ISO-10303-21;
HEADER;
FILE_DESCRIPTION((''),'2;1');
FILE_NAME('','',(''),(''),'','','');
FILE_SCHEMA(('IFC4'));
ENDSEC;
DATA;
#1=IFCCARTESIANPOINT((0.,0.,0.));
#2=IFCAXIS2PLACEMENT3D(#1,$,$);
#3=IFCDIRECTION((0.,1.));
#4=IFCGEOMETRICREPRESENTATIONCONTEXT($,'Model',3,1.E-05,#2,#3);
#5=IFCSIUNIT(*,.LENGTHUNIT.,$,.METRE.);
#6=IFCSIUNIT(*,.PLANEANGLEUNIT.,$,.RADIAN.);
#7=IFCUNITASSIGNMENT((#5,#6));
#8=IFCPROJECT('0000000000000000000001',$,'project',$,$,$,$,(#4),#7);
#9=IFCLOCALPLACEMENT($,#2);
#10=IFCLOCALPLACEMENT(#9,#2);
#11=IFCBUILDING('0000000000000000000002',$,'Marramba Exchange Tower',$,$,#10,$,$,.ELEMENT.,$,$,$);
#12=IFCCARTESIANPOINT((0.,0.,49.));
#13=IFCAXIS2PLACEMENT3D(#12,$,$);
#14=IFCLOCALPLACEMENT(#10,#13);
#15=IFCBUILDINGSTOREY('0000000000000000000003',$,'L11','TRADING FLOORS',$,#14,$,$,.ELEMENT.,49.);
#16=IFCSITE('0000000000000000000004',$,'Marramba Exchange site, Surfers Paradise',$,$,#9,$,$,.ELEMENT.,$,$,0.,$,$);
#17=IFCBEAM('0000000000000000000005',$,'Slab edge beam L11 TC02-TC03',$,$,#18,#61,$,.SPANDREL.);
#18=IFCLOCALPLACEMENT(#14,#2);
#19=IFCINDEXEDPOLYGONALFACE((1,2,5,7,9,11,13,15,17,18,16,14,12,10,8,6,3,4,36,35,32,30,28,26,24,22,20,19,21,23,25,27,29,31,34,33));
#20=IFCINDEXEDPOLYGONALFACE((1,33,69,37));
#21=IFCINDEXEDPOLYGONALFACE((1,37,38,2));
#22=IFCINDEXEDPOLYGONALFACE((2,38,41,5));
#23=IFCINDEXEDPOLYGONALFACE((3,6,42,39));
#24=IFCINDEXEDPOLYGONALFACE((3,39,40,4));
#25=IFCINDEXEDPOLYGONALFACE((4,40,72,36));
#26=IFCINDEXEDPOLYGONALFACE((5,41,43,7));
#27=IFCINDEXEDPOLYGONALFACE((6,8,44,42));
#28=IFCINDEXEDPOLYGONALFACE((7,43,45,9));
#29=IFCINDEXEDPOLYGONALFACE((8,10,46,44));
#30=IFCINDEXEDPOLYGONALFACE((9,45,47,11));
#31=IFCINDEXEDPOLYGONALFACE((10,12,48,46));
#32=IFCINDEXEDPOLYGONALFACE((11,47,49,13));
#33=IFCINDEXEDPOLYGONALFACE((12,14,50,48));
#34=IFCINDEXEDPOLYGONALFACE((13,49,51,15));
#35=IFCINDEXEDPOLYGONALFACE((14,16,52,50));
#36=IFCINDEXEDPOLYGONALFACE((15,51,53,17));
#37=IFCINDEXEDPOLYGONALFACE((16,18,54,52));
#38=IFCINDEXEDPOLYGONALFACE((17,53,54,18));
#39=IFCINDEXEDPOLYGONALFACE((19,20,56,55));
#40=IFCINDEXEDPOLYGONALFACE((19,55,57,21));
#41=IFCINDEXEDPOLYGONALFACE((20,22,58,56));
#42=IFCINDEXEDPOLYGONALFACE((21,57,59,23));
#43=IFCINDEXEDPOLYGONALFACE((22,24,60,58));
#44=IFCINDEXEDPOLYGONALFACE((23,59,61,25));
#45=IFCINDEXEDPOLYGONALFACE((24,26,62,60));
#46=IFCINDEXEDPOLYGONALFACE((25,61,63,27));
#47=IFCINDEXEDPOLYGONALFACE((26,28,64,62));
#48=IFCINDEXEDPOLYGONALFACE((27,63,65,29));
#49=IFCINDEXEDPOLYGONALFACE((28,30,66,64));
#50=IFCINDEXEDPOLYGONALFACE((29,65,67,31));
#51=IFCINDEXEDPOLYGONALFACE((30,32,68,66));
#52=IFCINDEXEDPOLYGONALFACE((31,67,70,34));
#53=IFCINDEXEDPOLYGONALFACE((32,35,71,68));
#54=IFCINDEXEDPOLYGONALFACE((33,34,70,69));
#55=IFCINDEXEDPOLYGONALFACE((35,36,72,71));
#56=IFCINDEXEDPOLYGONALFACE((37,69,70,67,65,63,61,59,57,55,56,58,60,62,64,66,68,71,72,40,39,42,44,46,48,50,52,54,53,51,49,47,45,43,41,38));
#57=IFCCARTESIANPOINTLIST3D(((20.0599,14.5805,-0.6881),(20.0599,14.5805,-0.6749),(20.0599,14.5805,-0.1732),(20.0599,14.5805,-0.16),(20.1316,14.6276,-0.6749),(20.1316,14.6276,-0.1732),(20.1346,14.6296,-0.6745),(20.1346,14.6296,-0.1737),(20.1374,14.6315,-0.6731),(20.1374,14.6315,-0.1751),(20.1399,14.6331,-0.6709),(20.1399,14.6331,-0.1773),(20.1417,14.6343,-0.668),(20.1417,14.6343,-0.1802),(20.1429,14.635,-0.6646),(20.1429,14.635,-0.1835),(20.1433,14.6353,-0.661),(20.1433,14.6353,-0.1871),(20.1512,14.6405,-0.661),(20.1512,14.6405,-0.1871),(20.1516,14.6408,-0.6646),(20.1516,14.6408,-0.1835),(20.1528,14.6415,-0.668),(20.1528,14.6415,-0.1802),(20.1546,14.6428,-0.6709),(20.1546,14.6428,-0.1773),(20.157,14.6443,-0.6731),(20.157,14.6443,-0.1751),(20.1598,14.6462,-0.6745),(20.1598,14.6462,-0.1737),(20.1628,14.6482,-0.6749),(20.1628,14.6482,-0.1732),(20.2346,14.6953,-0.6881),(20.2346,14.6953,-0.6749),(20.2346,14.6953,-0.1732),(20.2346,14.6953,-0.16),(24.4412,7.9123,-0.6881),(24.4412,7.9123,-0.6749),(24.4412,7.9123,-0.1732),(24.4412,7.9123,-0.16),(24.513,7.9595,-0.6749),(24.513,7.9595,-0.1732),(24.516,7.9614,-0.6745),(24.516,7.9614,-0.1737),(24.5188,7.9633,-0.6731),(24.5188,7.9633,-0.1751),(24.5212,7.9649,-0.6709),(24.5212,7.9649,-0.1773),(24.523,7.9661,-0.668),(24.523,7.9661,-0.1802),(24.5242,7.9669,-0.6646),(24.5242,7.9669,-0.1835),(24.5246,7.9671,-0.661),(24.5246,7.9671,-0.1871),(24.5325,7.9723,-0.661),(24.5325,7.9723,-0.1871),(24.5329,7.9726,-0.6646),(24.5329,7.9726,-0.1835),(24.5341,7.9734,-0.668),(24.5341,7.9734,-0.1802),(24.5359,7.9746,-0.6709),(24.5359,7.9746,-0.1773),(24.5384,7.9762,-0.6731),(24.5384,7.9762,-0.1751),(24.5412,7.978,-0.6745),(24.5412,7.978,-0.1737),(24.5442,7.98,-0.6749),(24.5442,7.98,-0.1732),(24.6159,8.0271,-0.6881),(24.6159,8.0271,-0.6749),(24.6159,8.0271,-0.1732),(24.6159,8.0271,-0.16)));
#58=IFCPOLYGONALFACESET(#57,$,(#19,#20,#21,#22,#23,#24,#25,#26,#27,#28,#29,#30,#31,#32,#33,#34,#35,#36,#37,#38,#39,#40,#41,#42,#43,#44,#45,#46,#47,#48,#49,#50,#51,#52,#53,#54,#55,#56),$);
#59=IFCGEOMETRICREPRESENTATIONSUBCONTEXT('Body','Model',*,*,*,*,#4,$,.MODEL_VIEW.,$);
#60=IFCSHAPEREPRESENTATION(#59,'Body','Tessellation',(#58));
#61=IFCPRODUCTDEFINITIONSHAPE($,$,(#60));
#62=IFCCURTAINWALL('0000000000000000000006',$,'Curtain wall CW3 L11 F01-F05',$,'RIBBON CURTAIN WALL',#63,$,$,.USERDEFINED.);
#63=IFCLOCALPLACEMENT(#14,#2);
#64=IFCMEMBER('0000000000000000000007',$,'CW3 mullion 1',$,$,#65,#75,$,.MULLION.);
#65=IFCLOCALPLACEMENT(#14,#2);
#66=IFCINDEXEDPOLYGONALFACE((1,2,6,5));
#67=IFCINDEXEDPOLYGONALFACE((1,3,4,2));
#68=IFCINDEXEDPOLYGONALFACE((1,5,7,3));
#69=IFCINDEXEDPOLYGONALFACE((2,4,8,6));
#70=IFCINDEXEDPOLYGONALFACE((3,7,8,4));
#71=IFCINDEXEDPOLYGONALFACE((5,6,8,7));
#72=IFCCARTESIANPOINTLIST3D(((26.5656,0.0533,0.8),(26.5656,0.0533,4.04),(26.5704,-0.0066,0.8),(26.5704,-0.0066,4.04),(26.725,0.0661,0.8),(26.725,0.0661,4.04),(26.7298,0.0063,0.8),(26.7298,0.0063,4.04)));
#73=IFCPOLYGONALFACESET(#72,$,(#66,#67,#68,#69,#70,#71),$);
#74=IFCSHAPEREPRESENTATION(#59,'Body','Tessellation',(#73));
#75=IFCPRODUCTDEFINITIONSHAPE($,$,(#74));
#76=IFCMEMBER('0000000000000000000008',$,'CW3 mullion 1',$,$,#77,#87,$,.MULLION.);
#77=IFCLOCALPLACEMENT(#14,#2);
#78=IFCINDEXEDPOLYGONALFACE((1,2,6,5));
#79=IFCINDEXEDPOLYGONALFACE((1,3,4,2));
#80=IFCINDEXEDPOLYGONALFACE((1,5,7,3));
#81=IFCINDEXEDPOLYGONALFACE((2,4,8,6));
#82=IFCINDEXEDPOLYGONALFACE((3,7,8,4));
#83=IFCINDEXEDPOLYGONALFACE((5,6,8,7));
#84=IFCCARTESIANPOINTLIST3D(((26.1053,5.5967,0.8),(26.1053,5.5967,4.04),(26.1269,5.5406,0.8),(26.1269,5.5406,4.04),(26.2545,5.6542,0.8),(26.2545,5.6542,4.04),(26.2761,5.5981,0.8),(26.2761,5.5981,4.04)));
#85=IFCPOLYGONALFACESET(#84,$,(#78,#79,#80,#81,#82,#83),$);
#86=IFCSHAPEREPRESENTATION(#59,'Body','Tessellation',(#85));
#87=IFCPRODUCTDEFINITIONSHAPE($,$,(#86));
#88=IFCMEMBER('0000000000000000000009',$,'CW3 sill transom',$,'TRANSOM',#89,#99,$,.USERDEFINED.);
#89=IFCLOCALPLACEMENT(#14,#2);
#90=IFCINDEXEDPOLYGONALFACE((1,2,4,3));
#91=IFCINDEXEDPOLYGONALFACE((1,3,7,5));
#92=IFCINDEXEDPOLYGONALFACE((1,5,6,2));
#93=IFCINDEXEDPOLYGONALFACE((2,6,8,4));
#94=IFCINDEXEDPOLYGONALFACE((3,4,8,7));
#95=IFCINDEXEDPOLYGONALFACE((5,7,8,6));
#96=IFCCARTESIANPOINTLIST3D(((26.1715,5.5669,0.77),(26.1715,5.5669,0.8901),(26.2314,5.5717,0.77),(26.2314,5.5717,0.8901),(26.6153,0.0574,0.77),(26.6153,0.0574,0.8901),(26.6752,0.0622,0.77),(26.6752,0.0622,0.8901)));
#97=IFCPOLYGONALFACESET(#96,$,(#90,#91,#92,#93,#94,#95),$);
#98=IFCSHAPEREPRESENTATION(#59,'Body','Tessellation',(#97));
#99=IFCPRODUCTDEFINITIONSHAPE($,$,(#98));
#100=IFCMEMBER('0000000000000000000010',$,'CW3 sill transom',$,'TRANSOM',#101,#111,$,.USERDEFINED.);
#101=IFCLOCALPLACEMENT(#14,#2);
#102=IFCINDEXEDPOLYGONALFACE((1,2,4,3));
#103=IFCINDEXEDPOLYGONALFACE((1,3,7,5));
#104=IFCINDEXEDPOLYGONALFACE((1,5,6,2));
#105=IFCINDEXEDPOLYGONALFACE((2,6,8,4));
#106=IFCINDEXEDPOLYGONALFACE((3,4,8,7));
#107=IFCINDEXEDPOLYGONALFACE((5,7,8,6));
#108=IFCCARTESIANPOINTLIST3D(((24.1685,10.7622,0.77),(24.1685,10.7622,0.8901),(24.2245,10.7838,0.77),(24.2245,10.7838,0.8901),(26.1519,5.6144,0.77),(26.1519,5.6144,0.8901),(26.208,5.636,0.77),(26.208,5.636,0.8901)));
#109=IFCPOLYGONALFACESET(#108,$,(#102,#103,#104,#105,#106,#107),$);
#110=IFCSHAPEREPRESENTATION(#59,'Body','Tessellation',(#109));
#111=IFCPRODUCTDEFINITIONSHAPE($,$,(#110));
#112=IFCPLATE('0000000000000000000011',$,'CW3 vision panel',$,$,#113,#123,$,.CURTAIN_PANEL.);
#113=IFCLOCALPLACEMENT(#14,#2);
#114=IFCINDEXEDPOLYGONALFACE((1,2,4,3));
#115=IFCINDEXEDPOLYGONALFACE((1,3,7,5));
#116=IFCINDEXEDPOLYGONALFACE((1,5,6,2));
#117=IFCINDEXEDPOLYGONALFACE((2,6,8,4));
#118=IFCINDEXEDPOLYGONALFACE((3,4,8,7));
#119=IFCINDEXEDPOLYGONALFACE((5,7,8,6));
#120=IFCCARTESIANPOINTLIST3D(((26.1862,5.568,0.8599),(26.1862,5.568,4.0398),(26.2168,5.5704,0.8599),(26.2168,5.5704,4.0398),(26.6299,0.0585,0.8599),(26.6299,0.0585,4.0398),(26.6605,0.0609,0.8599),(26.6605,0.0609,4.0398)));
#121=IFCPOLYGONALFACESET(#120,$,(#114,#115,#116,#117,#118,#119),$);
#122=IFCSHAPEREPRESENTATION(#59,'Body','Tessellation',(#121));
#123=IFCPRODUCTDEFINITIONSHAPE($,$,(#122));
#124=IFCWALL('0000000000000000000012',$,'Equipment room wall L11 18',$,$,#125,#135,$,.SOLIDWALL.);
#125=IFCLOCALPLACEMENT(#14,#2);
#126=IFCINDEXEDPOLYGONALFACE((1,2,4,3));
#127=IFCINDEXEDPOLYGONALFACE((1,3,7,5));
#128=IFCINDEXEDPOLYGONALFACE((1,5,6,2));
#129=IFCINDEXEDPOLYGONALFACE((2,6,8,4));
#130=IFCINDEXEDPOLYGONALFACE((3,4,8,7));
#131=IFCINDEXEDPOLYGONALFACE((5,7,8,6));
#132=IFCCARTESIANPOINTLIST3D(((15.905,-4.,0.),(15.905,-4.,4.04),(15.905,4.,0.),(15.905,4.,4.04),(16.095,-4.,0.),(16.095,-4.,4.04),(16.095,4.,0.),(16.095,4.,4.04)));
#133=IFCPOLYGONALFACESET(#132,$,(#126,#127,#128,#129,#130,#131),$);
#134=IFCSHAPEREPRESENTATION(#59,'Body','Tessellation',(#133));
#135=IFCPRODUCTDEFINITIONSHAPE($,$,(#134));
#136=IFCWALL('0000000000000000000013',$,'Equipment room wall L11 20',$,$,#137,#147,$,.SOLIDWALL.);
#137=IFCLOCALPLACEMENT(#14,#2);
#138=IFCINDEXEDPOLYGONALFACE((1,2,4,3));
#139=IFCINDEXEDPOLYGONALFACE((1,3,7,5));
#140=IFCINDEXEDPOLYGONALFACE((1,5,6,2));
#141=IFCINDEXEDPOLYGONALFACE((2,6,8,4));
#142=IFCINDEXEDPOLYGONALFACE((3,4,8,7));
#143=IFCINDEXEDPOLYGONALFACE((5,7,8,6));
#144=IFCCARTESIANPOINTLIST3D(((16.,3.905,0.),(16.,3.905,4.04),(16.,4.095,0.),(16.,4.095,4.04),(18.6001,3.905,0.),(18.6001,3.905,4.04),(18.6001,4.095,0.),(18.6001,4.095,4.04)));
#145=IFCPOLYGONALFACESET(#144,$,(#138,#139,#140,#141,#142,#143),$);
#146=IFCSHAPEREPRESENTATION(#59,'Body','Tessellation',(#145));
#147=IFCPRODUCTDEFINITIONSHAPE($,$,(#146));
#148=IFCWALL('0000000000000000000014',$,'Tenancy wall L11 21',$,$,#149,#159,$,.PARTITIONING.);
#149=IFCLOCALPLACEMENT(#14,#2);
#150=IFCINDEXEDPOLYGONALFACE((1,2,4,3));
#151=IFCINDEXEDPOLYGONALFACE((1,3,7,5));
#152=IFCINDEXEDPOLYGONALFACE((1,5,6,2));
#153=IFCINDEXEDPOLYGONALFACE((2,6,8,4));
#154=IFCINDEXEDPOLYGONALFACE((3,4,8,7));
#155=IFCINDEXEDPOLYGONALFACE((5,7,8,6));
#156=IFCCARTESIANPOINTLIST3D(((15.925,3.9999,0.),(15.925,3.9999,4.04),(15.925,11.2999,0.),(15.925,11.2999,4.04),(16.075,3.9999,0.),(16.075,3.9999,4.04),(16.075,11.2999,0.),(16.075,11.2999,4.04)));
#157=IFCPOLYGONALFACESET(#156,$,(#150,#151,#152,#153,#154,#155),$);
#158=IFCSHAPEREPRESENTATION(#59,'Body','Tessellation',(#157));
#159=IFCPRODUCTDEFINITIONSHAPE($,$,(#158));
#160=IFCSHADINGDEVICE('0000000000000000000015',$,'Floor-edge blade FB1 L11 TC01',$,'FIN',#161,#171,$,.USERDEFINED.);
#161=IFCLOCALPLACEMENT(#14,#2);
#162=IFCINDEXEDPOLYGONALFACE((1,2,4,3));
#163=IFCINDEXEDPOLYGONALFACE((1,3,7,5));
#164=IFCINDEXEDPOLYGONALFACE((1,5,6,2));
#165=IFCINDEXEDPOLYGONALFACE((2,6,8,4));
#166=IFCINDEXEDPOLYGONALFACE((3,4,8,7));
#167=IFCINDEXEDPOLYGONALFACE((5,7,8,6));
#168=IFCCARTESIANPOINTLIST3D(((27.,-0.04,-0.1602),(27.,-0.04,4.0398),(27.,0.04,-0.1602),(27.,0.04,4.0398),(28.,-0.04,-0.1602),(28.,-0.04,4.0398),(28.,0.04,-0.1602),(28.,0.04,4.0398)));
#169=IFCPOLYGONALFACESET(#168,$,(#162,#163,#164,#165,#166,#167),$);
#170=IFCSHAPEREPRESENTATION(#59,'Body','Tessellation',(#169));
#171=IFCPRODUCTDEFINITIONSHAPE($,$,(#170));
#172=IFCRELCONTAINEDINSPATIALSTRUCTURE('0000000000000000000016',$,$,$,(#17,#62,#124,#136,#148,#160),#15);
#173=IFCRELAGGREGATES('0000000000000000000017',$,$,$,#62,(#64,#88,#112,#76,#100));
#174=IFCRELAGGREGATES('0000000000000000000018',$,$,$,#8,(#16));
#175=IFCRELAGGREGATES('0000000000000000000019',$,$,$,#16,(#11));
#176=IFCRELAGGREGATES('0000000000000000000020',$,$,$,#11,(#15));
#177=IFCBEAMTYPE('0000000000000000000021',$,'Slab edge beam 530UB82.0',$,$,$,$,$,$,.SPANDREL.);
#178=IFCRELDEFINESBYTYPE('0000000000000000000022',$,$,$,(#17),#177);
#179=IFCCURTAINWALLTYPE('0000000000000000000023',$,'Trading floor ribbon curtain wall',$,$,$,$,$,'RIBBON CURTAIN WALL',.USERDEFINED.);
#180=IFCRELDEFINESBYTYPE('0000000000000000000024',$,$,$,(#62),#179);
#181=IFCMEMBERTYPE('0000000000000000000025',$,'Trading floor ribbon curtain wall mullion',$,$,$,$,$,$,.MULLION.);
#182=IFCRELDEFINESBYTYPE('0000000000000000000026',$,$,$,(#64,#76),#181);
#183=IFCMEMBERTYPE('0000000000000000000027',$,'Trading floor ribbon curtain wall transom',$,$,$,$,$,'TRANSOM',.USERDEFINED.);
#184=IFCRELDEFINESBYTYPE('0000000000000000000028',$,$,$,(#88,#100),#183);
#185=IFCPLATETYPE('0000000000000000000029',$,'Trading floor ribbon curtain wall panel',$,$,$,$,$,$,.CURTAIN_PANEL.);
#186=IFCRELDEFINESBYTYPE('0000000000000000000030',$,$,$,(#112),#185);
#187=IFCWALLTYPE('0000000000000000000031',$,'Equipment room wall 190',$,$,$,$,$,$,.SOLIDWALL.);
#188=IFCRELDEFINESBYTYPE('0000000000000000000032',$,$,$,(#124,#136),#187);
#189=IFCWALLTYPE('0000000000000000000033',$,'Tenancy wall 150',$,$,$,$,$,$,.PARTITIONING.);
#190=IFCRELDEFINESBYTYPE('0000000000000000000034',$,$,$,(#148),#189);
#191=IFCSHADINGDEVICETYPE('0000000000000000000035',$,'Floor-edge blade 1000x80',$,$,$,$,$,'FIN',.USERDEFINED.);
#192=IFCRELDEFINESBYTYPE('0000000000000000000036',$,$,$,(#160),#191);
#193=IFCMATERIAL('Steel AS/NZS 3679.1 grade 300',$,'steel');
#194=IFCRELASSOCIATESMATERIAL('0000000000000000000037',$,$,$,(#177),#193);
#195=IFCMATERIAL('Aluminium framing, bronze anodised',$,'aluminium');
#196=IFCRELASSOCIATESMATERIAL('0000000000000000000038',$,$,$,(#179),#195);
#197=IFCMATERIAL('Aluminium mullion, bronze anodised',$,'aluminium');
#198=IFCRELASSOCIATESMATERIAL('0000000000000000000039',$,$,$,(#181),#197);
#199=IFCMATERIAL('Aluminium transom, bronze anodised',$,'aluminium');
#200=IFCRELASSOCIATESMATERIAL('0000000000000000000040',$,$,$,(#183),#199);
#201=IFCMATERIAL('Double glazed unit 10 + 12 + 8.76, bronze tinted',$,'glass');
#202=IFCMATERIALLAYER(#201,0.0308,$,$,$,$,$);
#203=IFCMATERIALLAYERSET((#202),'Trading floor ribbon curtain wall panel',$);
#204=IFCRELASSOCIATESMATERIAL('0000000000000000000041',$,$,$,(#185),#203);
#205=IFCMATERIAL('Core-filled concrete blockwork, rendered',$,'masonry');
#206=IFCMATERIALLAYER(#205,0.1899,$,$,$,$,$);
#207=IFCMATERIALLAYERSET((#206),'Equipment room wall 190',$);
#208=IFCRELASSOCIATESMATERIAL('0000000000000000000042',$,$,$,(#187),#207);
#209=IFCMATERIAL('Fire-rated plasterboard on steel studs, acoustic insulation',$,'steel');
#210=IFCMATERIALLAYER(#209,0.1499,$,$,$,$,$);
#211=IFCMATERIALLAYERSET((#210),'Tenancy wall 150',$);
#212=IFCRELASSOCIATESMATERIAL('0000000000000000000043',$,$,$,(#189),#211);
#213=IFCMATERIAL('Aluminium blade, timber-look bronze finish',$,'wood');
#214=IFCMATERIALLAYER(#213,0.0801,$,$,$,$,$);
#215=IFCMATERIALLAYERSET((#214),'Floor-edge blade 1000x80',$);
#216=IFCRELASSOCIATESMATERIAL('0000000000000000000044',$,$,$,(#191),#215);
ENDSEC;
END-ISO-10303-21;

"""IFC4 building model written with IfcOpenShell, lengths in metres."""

from ifc_helpers import new_model, si_unit, direction, frame, frame_2d, origin, origin_2d, place, context, subcontext, project, spatial, rectangle, i_section, extrude, material, layer, layer_set, material_profile, profile_set, type_object, element, aggregate, save


model = new_model("IFC4")

# Units and contexts
model_context = context("Model", 3, precision=1e-05, world=origin(), true_north=direction((0.0, 1.0)))
body_context = subcontext(model_context, "Body", "Model", "MODEL_VIEW")
ifc_project = project(units=[si_unit("LENGTHUNIT", "METRE"), si_unit("PLANEANGLEUNIT", "RADIAN")], contexts=[model_context])

# Site, building, storey
site_placement = place(None, origin())
site = spatial("IfcSite", under=ifc_project, at=site_placement, Name="Marramba Exchange site, Surfers Paradise", CompositionType="ELEMENT", RefElevation=0.0)
building_placement = place(site_placement, origin())
building = spatial("IfcBuilding", under=site, at=building_placement, Name="Marramba Exchange Tower", CompositionType="ELEMENT")
storey_placement = place(building_placement, frame((0.0, 0.0, 49.0)))
storey = spatial("IfcBuildingStorey", under=building, at=storey_placement, Name="L11", Description="TRADING FLOORS", CompositionType="ELEMENT", Elevation=49.0)

# Beam
ifc_material_1 = material(Name="Steel AS/NZS 3679.1 grade 300", Category="steel")
ifc_material_profile_1 = material_profile(ifc_material_1, i_section(OverallWidth=0.209, OverallDepth=0.5281, WebThickness=0.0095, FlangeThickness=0.0132, FilletRadius=0.0139, at=origin_2d()), Name="530UB82.0")
ifc_profile_set_1 = profile_set([ifc_material_profile_1], Name="Steel AS/NZS 3679.1 grade 300")
beam_type_1 = type_object("IfcBeamType", Name="Slab edge beam 530UB82.0", PredefinedType="SPANDREL", material=ifc_profile_set_1)
beam_1_placement = place(storey_placement, frame((24.5286, 7.9697, -0.4241), z_axis=(-0.549124, 0.835741, 0.0), x_axis=(-0.835741, -0.549124, 0.0)))
element("IfcBeam", 1, at=beam_1_placement, inside=storey, type_object=beam_type_1, Name="Slab edge beam L11 TC02-TC03", PredefinedType="SPANDREL", context=body_context, shape_type="SweptSolid", body=[
    extrude(i_section(OverallWidth=0.209, OverallDepth=0.5281, WebThickness=0.0095, FlangeThickness=0.0132, FilletRadius=0.0139, at=origin_2d()), origin(), (0.0, 0.0, 1.0), 7.9788),
])

# Curtain wall, members, plate
ifc_material_2 = material(Name="Aluminium framing, bronze anodised", Category="aluminium")
curtain_wall_type = type_object("IfcCurtainWallType", Name="Trading floor ribbon curtain wall", ElementType="RIBBON CURTAIN WALL", PredefinedType="USERDEFINED", material=ifc_material_2)
curtain_wall_placement = place(storey_placement, origin())
curtain_wall = element("IfcCurtainWall", 2, at=curtain_wall_placement, inside=storey, type_object=curtain_wall_type, Name="Curtain wall CW3 L11 F01-F05", ObjectType="RIBBON CURTAIN WALL", PredefinedType="USERDEFINED")
ifc_material_3 = material(Name="Aluminium mullion, bronze anodised", Category="aluminium")
ifc_material_profile_2 = material_profile(ifc_material_3, rectangle(XDim=0.1599, YDim=0.0601, at=origin_2d()), Name="CW3 mullion 60x160")
ifc_profile_set_2 = profile_set([ifc_material_profile_2], Name="Aluminium mullion, bronze anodised")
member_type_1 = type_object("IfcMemberType", Name="Trading floor ribbon curtain wall mullion", PredefinedType="MULLION", material=ifc_profile_set_2)
member_1_placement = place(storey_placement, frame((26.6477, 0.0298, 0.8), z_axis=(0.0, 0.0, 1.0), x_axis=(-0.996773, -0.080275, 0.0)))
member_1 = element("IfcMember", 3, at=member_1_placement, type_object=member_type_1, Name="CW3 mullion 1", PredefinedType="MULLION", context=body_context, shape_type="SweptSolid", body=[
    extrude(rectangle(XDim=0.1599, YDim=0.0601, at=origin_2d()), origin(), (0.0, 0.0, 1.0), 3.24),
])
member_2_placement = place(storey_placement, frame((26.1907, 5.5974, 0.8), z_axis=(0.0, 0.0, 1.0), x_axis=(-0.933135, -0.359526, 0.0)))
member_2 = element("IfcMember", 4, at=member_2_placement, type_object=member_type_1, Name="CW3 mullion 1", PredefinedType="MULLION", context=body_context, shape_type="SweptSolid", body=[
    extrude(rectangle(XDim=0.1599, YDim=0.0601, at=origin_2d()), origin(), (0.0, 0.0, 1.0), 3.24),
])
ifc_material_4 = material(Name="Aluminium transom, bronze anodised", Category="aluminium")
ifc_material_profile_3 = material_profile(ifc_material_4, rectangle(XDim=0.0601, YDim=0.1201, at=origin_2d()), Name="CW3 transom 60x120")
ifc_profile_set_3 = profile_set([ifc_material_profile_3], Name="Aluminium transom, bronze anodised")
member_type_2 = type_object("IfcMemberType", Name="Trading floor ribbon curtain wall transom", ElementType="TRANSOM", PredefinedType="USERDEFINED", material=ifc_profile_set_3)
member_3_placement = place(storey_placement, frame((26.6453, 0.0598, 0.8301), z_axis=(-0.0803, 0.996771, 0.0), x_axis=(-0.996771, -0.0803, 0.0)))
member_3 = element("IfcMember", 5, at=member_3_placement, type_object=member_type_2, Name="CW3 sill transom", ObjectType="TRANSOM", PredefinedType="USERDEFINED", context=body_context, shape_type="SweptSolid", body=[
    extrude(rectangle(XDim=0.0601, YDim=0.1201, at=origin_2d()), origin(), (0.0, 0.0, 1.0), 5.5273),
])
member_4_placement = place(storey_placement, frame((26.1799, 5.6252, 0.8301), z_axis=(-0.359534, 0.933132, 0.0), x_axis=(-0.933132, -0.359534, 0.0)))
member_4 = element("IfcMember", 6, at=member_4_placement, type_object=member_type_2, Name="CW3 sill transom", ObjectType="TRANSOM", PredefinedType="USERDEFINED", context=body_context, shape_type="SweptSolid", body=[
    extrude(rectangle(XDim=0.0601, YDim=0.1201, at=origin_2d()), origin(), (0.0, 0.0, 1.0), 5.5166),
])
ifc_material_5 = material(Name="Double glazed unit 10 + 12 + 8.76, bronze tinted", Category="glass")
ifc_layer_1 = layer(ifc_material_5, 0.0308)
ifc_layer_set_1 = layer_set([ifc_layer_1], Name="Trading floor ribbon curtain wall panel")
plate_type = type_object("IfcPlateType", Name="Trading floor ribbon curtain wall panel", PredefinedType="CURTAIN_PANEL", material=ifc_layer_set_1)
plate_placement = place(storey_placement, frame((26.4233, 2.8145, 0.8599), z_axis=(0.0, 0.0, 1.0), x_axis=(-0.080275, 0.996773, 0.0)))
plate = element("IfcPlate", 7, at=plate_placement, type_object=plate_type, Name="CW3 vision panel", PredefinedType="CURTAIN_PANEL", context=body_context, shape_type="SweptSolid", body=[
    extrude(rectangle(XDim=5.5273, YDim=0.0308, at=origin_2d()), origin(), (0.0, 0.0, 1.0), 3.1799),
])
aggregate(curtain_wall, [member_1, member_3, plate, member_2, member_4])

# Walls
ifc_material_6 = material(Name="Core-filled concrete blockwork, rendered", Category="masonry")
ifc_layer_2 = layer(ifc_material_6, 0.1899)
ifc_layer_set_2 = layer_set([ifc_layer_2], Name="Equipment room wall 190")
wall_type_1 = type_object("IfcWallType", Name="Equipment room wall 190", PredefinedType="SOLIDWALL", material=ifc_layer_set_2)
wall_1_placement = place(storey_placement, frame((16.0, 4.0, 0.0), z_axis=(0.0, 0.0, 1.0), x_axis=(0.0, -1.0, 0.0)))
element("IfcWall", 8, at=wall_1_placement, inside=storey, type_object=wall_type_1, Name="Equipment room wall L11 18", PredefinedType="SOLIDWALL", context=body_context, shape_type="SweptSolid", body=[
    extrude(rectangle(XDim=8.0, YDim=0.1899, at=frame_2d((4.0, 0.0))), origin(), (0.0, 0.0, 1.0), 4.04),
])
wall_2_placement = place(storey_placement, frame((18.6001, 4.0, 0.0), z_axis=(0.0, 0.0, 1.0), x_axis=(-1.0, 0.0, 0.0)))
element("IfcWall", 9, at=wall_2_placement, inside=storey, type_object=wall_type_1, Name="Equipment room wall L11 20", PredefinedType="SOLIDWALL", context=body_context, shape_type="SweptSolid", body=[
    extrude(rectangle(XDim=2.6001, YDim=0.1899, at=frame_2d((1.3, 0.0))), origin(), (0.0, 0.0, 1.0), 4.04),
])
ifc_material_7 = material(Name="Fire-rated plasterboard on steel studs, acoustic insulation", Category="steel")
ifc_layer_3 = layer(ifc_material_7, 0.1499)
ifc_layer_set_3 = layer_set([ifc_layer_3], Name="Tenancy wall 150")
wall_type_2 = type_object("IfcWallType", Name="Tenancy wall 150", PredefinedType="PARTITIONING", material=ifc_layer_set_3)
wall_3_placement = place(storey_placement, frame((16.0, 4.0, 0.0), z_axis=(0.0, 0.0, 1.0), x_axis=(0.0, 1.0, 0.0)))
element("IfcWall", 10, at=wall_3_placement, inside=storey, type_object=wall_type_2, Name="Tenancy wall L11 21", PredefinedType="PARTITIONING", context=body_context, shape_type="SweptSolid", body=[
    extrude(rectangle(XDim=7.3, YDim=0.1499, at=frame_2d((3.6499, 0.0))), origin(), (0.0, 0.0, 1.0), 4.04),
])

# Shading device
ifc_material_8 = material(Name="Aluminium blade, timber-look bronze finish", Category="wood")
ifc_layer_4 = layer(ifc_material_8, 0.0801)
ifc_layer_set_4 = layer_set([ifc_layer_4], Name="Floor-edge blade 1000x80")
shading_device_type_1 = type_object("IfcShadingDeviceType", Name="Floor-edge blade 1000x80", ElementType="FIN", PredefinedType="USERDEFINED", material=ifc_layer_set_4)
shading_device_1_placement = place(storey_placement, frame((27.5, 0.0, -0.1602), z_axis=(0.0, 0.0, 1.0), x_axis=(1.0, 0.0, 0.0)))
element("IfcShadingDevice", 11, at=shading_device_1_placement, inside=storey, type_object=shading_device_type_1, Name="Floor-edge blade FB1 L11 TC01", ObjectType="FIN", PredefinedType="USERDEFINED", context=body_context, shape_type="SweptSolid", body=[
    extrude(rectangle(XDim=1.0, YDim=0.0801, at=origin_2d()), origin(), (0.0, 0.0, 1.0), 4.2),
])

save(model, "model.ifc")
